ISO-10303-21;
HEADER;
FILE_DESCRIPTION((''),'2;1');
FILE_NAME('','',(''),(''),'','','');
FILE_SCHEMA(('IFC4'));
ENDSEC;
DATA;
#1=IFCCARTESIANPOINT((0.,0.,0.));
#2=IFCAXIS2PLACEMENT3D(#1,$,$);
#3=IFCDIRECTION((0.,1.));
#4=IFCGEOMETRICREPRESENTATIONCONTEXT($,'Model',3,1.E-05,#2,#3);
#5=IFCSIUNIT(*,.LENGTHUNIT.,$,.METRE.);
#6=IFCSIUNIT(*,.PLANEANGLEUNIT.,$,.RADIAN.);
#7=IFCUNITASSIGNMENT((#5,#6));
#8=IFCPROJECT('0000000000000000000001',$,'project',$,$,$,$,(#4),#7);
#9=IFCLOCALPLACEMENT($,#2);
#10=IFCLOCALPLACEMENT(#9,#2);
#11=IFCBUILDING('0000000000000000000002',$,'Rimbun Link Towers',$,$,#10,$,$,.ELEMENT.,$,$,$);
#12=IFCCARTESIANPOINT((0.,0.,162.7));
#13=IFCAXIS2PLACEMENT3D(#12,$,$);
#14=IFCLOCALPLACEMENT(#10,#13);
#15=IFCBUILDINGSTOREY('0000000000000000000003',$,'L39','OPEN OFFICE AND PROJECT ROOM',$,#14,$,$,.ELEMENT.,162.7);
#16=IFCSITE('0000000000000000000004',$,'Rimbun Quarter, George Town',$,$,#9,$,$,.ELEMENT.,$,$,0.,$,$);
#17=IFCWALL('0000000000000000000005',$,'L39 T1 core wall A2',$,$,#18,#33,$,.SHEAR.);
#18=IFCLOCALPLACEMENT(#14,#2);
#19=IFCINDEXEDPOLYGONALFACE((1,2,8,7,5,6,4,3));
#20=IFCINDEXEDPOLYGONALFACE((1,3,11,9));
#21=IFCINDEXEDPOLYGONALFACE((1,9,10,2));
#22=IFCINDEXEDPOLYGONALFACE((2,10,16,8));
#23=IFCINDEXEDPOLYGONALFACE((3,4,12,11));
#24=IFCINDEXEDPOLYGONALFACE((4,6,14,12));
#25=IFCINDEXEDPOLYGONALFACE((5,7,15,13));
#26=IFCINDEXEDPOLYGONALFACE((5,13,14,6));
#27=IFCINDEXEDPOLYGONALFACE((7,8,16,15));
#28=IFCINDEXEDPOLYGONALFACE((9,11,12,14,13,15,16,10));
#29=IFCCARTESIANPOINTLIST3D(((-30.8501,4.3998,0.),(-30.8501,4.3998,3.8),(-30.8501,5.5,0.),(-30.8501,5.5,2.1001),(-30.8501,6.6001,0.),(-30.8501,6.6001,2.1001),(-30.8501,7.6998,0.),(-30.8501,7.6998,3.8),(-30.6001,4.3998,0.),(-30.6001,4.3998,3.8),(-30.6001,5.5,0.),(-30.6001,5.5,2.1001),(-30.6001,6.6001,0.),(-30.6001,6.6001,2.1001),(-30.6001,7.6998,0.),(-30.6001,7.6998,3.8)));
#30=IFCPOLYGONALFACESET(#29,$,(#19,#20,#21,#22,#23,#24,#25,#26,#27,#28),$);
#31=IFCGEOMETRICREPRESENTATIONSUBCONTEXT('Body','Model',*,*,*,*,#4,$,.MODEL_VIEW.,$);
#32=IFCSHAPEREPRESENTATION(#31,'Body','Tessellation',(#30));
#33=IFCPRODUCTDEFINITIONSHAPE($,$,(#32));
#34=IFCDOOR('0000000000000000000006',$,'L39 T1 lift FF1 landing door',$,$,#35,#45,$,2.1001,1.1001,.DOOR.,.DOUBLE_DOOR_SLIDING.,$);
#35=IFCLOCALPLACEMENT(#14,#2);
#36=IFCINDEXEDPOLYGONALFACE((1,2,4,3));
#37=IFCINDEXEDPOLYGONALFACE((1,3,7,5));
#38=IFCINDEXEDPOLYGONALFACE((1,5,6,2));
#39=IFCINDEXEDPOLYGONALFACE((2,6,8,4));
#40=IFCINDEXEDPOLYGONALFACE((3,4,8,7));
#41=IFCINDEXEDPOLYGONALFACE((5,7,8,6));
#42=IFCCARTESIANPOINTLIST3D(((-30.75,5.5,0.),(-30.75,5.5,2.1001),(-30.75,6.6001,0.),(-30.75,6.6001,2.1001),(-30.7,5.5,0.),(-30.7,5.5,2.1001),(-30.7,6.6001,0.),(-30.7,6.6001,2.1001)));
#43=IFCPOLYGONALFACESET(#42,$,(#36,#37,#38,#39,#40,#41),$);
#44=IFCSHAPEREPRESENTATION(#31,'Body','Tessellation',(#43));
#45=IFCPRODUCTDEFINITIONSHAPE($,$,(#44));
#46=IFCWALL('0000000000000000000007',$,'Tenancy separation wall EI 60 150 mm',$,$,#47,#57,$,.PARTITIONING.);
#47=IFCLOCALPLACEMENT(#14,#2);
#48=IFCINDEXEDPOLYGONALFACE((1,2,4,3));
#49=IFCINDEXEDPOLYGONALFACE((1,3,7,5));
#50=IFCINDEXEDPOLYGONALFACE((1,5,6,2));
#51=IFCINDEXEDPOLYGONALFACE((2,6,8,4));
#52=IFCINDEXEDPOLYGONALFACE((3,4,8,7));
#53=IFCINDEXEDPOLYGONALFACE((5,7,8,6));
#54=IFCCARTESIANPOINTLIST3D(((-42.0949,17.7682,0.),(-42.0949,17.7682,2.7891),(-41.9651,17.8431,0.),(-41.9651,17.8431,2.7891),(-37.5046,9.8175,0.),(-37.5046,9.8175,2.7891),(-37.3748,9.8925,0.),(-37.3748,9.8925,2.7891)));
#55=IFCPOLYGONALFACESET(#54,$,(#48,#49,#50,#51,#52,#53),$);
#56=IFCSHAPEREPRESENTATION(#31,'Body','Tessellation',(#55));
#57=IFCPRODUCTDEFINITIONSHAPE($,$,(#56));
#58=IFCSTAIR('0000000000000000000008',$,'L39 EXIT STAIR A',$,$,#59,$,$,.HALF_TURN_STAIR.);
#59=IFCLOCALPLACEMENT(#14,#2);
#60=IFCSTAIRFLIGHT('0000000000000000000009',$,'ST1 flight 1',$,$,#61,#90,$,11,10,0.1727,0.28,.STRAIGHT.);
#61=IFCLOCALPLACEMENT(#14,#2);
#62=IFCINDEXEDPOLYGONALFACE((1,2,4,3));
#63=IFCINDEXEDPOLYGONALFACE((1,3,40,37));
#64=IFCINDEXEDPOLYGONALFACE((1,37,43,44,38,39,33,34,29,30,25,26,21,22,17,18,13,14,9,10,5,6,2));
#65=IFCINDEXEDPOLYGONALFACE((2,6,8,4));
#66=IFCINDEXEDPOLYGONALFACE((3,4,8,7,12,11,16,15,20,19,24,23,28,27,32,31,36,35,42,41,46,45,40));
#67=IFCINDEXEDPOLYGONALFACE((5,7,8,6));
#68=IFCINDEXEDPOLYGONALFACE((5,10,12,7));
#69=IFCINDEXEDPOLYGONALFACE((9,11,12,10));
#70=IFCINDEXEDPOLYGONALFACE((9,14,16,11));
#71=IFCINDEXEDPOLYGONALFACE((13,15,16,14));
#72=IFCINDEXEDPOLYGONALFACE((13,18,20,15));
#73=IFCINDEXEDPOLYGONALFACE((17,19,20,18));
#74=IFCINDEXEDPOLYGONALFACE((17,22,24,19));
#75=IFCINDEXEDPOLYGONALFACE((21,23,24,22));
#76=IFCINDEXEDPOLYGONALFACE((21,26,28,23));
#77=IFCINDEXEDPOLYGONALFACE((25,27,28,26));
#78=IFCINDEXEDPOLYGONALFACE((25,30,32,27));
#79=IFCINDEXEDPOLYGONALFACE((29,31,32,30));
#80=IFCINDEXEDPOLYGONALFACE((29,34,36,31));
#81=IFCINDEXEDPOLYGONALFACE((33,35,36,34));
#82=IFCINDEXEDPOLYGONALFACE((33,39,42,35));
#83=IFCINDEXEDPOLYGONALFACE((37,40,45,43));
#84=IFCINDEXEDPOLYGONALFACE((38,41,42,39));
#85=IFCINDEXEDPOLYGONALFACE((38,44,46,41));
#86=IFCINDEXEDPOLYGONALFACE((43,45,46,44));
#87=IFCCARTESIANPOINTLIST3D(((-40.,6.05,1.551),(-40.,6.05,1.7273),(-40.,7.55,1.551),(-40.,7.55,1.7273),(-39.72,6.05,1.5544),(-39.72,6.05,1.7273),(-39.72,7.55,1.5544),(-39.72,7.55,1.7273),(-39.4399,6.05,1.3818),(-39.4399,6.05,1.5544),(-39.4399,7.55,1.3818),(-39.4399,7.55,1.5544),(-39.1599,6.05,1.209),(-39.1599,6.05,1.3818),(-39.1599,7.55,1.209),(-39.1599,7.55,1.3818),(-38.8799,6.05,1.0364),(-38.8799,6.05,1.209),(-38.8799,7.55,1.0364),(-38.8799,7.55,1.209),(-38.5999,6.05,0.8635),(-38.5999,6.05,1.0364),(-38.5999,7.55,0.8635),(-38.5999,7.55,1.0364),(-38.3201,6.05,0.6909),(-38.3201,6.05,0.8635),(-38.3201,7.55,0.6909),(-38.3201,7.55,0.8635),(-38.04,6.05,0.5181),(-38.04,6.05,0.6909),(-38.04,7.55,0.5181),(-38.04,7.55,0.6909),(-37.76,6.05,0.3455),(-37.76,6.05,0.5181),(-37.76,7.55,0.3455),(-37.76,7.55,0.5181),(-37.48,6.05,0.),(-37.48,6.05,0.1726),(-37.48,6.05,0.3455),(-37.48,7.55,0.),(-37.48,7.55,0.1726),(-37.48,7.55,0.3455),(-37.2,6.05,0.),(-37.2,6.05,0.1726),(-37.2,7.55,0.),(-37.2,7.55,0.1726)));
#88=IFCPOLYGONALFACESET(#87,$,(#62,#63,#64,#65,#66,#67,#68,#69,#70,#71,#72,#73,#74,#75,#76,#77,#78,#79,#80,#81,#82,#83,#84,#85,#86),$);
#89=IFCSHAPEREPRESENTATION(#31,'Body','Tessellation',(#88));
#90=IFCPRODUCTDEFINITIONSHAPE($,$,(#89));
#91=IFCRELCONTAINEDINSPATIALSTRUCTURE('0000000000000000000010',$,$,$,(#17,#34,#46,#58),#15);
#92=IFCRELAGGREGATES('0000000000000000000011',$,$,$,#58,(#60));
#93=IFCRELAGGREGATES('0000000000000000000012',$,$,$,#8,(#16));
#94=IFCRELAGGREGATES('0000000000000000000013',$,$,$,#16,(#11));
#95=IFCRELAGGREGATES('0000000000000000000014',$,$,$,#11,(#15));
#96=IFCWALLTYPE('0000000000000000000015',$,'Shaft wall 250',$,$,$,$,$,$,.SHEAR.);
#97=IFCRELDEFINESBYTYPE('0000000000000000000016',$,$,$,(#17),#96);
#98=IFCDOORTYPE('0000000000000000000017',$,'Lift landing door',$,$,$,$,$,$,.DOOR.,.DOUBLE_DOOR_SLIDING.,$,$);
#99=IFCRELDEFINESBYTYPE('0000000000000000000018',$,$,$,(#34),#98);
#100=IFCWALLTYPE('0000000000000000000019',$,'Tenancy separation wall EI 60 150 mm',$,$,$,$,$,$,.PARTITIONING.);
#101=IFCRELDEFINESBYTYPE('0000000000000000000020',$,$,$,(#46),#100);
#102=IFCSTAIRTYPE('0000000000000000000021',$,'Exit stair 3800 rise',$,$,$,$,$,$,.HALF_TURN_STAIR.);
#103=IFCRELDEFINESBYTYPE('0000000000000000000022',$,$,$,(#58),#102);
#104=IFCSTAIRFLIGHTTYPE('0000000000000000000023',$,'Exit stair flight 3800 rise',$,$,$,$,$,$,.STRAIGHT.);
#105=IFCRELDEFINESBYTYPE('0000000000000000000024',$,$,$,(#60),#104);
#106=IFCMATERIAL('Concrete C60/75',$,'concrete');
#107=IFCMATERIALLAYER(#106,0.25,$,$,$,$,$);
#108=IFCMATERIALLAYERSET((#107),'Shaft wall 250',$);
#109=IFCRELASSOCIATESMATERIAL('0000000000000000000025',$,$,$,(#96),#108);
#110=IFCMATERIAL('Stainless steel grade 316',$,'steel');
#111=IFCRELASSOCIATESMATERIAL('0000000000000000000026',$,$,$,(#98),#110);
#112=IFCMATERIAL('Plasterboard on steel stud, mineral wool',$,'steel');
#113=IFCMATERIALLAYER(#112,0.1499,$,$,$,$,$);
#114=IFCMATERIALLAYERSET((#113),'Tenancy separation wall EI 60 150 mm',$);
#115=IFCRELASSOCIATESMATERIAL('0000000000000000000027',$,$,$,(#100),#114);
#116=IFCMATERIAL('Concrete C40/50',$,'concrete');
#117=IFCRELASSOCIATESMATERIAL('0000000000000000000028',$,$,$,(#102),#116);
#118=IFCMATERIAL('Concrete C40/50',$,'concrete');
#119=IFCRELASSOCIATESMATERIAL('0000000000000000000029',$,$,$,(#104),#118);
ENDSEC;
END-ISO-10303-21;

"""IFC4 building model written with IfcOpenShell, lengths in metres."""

from ifc_helpers import new_model, si_unit, direction, frame, frame_2d, origin, place, context, subcontext, project, spatial, polyline, rectangle, outline, extrude, material, layer, layer_set, type_object, element, fill, aggregate, save


model = new_model("IFC4")

# Units and contexts
model_context = context("Model", 3, precision=1e-05, world=origin(), true_north=direction((0.0, 1.0)))
body_context = subcontext(model_context, "Body", "Model", "MODEL_VIEW")
ifc_project = project(units=[si_unit("LENGTHUNIT", "METRE"), si_unit("PLANEANGLEUNIT", "RADIAN")], contexts=[model_context])

# Site, building, storey
site_placement = place(None, origin())
site = spatial("IfcSite", under=ifc_project, at=site_placement, Name="Rimbun Quarter, George Town", CompositionType="ELEMENT", RefElevation=0.0)
building_placement = place(site_placement, origin())
building = spatial("IfcBuilding", under=site, at=building_placement, Name="Rimbun Link Towers", CompositionType="ELEMENT")
storey_placement = place(building_placement, frame((0.0, 0.0, 162.7)))
storey = spatial("IfcBuildingStorey", under=building, at=storey_placement, Name="L39", Description="OPEN OFFICE AND PROJECT ROOM", CompositionType="ELEMENT", Elevation=162.7)

# Shared definitions
ifc_material_1 = material(Name="Concrete C60/75", Category="concrete")
ifc_layer_1 = layer(ifc_material_1, 0.25)
ifc_layer_set_1 = layer_set([ifc_layer_1], Name="Shaft wall 250")
wall_type_1 = type_object("IfcWallType", Name="Shaft wall 250", PredefinedType="SHEAR", material=ifc_layer_set_1)

# Wall, opening, door
wall_1_placement = place(storey_placement, frame((-30.7251, 4.3999, 0.0), z_axis=(0.0, 0.0, 1.0), x_axis=(0.0, 1.0, 0.0)))
wall_1 = element("IfcWall", 1, at=wall_1_placement, inside=storey, type_object=wall_type_1, Name="L39 T1 core wall A2", PredefinedType="SHEAR", context=body_context, shape_type="SweptSolid", body=[
    extrude(rectangle(XDim=3.3, YDim=0.25, at=frame_2d((1.6499, 0.0))), origin(), (0.0, 0.0, 1.0), 3.8),
])
opening_1_placement = place(wall_1_placement, frame((1.1001, 0.0, 0.0)))
opening_1 = element("IfcOpeningElement", 2, at=opening_1_placement, cuts=wall_1, PredefinedType="OPENING", context=body_context, shape_type="SweptSolid", body=[
    extrude(rectangle(XDim=1.1001, YDim=2.1001, at=frame_2d((0.55, 1.05))), frame((0.0, 0.135, 0.0), z_axis=(0.0, -1.0, 0.0), x_axis=(1.0, 0.0, 0.0)), (0.0, 0.0, 1.0), 0.27),
])
ifc_material_2 = material(Name="Stainless steel grade 316", Category="steel")
door_type_1 = type_object("IfcDoorType", Name="Lift landing door", OperationType="DOUBLE_DOOR_SLIDING", PredefinedType="DOOR", material=ifc_material_2)
door_1_placement = place(opening_1_placement, origin())
door_1 = element("IfcDoor", 3, at=door_1_placement, inside=storey, type_object=door_type_1, Name="L39 T1 lift FF1 landing door", OperationType="DOUBLE_DOOR_SLIDING", OverallHeight=2.1001, OverallWidth=1.1001, PredefinedType="DOOR", context=body_context, shape_type="SweptSolid", body=[
    extrude(rectangle(XDim=1.1001, YDim=2.1001, at=frame_2d((0.55, 1.05))), frame((0.0, 0.0249, 0.0), z_axis=(0.0, -1.0, 0.0), x_axis=(1.0, 0.0, 0.0)), (0.0, 0.0, 1.0), 0.05),
])
fill(opening_1, door_1)

# Wall
ifc_material_3 = material(Name="Plasterboard on steel stud, mineral wool", Category="steel")
ifc_layer_2 = layer(ifc_material_3, 0.1499)
ifc_layer_set_2 = layer_set([ifc_layer_2], Name="Tenancy separation wall EI 60 150 mm")
wall_type_2 = type_object("IfcWallType", Name="Tenancy separation wall EI 60 150 mm", PredefinedType="PARTITIONING", material=ifc_layer_set_2)
wall_2_placement = place(storey_placement, frame((-37.4397, 9.855, 0.0), z_axis=(0.0, 0.0, 1.0), x_axis=(-0.5, 0.866025, 0.0)))
element("IfcWall", 4, at=wall_2_placement, inside=storey, type_object=wall_type_2, Name="Tenancy separation wall EI 60 150 mm", PredefinedType="PARTITIONING", context=body_context, shape_type="SweptSolid", body=[
    extrude(rectangle(XDim=9.1807, YDim=0.1499, at=frame_2d((4.5903, 0.0))), origin(), (0.0, 0.0, 1.0), 2.7891),
])

# Stair, stair flight
ifc_material_4 = material(Name="Concrete C40/50", Category="concrete")
stair_type = type_object("IfcStairType", Name="Exit stair 3800 rise", PredefinedType="HALF_TURN_STAIR", material=ifc_material_4)
stair_placement = place(storey_placement, origin())
stair = element("IfcStair", 5, at=stair_placement, inside=storey, type_object=stair_type, Name="L39 EXIT STAIR A", PredefinedType="HALF_TURN_STAIR")
ifc_material_5 = material(Name="Concrete C40/50", Category="concrete")
stair_flight_type = type_object("IfcStairFlightType", Name="Exit stair flight 3800 rise", PredefinedType="STRAIGHT", material=ifc_material_5)
stair_flight_placement = place(storey_placement, frame((-37.2, 6.8, 0.0), z_axis=(0.0, 0.0, 1.0), x_axis=(-1.0, 0.0, 0.0)))
stair_flight = element("IfcStairFlight", 6, at=stair_flight_placement, type_object=stair_flight_type, Name="ST1 flight 1", NumberOfRisers=11, NumberOfTreads=10, PredefinedType="STRAIGHT", RiserHeight=0.1727, TreadLength=0.28, context=body_context, shape_type="SweptSolid", body=[
    extrude(outline(polyline([(0.0, 0.0), (0.0, 0.1726), (0.28, 0.1726), (0.28, 0.3455), (0.5601, 0.3455), (0.5601, 0.5181), (0.8401, 0.5181), (0.8401, 0.6909), (1.1201, 0.6909), (1.1201, 0.8635), (1.3999, 0.8635), (1.3999, 1.0364), (1.6799, 1.0364), (1.6799, 1.209), (1.96, 1.209), (1.96, 1.3818), (2.24, 1.3818), (2.24, 1.5544), (2.52, 1.5544), (2.52, 1.7273), (2.8, 1.7273), (2.8, 1.8999), (2.8, 1.551), (0.28, 0.0), (0.0, 0.0)])), frame((0.0, 0.75, 0.0), z_axis=(0.0, -1.0, 0.0), x_axis=(1.0, 0.0, 0.0)), (0.0, 0.0, 1.0), 1.5),
])
aggregate(stair, [stair_flight])

save(model, "model.ifc")
